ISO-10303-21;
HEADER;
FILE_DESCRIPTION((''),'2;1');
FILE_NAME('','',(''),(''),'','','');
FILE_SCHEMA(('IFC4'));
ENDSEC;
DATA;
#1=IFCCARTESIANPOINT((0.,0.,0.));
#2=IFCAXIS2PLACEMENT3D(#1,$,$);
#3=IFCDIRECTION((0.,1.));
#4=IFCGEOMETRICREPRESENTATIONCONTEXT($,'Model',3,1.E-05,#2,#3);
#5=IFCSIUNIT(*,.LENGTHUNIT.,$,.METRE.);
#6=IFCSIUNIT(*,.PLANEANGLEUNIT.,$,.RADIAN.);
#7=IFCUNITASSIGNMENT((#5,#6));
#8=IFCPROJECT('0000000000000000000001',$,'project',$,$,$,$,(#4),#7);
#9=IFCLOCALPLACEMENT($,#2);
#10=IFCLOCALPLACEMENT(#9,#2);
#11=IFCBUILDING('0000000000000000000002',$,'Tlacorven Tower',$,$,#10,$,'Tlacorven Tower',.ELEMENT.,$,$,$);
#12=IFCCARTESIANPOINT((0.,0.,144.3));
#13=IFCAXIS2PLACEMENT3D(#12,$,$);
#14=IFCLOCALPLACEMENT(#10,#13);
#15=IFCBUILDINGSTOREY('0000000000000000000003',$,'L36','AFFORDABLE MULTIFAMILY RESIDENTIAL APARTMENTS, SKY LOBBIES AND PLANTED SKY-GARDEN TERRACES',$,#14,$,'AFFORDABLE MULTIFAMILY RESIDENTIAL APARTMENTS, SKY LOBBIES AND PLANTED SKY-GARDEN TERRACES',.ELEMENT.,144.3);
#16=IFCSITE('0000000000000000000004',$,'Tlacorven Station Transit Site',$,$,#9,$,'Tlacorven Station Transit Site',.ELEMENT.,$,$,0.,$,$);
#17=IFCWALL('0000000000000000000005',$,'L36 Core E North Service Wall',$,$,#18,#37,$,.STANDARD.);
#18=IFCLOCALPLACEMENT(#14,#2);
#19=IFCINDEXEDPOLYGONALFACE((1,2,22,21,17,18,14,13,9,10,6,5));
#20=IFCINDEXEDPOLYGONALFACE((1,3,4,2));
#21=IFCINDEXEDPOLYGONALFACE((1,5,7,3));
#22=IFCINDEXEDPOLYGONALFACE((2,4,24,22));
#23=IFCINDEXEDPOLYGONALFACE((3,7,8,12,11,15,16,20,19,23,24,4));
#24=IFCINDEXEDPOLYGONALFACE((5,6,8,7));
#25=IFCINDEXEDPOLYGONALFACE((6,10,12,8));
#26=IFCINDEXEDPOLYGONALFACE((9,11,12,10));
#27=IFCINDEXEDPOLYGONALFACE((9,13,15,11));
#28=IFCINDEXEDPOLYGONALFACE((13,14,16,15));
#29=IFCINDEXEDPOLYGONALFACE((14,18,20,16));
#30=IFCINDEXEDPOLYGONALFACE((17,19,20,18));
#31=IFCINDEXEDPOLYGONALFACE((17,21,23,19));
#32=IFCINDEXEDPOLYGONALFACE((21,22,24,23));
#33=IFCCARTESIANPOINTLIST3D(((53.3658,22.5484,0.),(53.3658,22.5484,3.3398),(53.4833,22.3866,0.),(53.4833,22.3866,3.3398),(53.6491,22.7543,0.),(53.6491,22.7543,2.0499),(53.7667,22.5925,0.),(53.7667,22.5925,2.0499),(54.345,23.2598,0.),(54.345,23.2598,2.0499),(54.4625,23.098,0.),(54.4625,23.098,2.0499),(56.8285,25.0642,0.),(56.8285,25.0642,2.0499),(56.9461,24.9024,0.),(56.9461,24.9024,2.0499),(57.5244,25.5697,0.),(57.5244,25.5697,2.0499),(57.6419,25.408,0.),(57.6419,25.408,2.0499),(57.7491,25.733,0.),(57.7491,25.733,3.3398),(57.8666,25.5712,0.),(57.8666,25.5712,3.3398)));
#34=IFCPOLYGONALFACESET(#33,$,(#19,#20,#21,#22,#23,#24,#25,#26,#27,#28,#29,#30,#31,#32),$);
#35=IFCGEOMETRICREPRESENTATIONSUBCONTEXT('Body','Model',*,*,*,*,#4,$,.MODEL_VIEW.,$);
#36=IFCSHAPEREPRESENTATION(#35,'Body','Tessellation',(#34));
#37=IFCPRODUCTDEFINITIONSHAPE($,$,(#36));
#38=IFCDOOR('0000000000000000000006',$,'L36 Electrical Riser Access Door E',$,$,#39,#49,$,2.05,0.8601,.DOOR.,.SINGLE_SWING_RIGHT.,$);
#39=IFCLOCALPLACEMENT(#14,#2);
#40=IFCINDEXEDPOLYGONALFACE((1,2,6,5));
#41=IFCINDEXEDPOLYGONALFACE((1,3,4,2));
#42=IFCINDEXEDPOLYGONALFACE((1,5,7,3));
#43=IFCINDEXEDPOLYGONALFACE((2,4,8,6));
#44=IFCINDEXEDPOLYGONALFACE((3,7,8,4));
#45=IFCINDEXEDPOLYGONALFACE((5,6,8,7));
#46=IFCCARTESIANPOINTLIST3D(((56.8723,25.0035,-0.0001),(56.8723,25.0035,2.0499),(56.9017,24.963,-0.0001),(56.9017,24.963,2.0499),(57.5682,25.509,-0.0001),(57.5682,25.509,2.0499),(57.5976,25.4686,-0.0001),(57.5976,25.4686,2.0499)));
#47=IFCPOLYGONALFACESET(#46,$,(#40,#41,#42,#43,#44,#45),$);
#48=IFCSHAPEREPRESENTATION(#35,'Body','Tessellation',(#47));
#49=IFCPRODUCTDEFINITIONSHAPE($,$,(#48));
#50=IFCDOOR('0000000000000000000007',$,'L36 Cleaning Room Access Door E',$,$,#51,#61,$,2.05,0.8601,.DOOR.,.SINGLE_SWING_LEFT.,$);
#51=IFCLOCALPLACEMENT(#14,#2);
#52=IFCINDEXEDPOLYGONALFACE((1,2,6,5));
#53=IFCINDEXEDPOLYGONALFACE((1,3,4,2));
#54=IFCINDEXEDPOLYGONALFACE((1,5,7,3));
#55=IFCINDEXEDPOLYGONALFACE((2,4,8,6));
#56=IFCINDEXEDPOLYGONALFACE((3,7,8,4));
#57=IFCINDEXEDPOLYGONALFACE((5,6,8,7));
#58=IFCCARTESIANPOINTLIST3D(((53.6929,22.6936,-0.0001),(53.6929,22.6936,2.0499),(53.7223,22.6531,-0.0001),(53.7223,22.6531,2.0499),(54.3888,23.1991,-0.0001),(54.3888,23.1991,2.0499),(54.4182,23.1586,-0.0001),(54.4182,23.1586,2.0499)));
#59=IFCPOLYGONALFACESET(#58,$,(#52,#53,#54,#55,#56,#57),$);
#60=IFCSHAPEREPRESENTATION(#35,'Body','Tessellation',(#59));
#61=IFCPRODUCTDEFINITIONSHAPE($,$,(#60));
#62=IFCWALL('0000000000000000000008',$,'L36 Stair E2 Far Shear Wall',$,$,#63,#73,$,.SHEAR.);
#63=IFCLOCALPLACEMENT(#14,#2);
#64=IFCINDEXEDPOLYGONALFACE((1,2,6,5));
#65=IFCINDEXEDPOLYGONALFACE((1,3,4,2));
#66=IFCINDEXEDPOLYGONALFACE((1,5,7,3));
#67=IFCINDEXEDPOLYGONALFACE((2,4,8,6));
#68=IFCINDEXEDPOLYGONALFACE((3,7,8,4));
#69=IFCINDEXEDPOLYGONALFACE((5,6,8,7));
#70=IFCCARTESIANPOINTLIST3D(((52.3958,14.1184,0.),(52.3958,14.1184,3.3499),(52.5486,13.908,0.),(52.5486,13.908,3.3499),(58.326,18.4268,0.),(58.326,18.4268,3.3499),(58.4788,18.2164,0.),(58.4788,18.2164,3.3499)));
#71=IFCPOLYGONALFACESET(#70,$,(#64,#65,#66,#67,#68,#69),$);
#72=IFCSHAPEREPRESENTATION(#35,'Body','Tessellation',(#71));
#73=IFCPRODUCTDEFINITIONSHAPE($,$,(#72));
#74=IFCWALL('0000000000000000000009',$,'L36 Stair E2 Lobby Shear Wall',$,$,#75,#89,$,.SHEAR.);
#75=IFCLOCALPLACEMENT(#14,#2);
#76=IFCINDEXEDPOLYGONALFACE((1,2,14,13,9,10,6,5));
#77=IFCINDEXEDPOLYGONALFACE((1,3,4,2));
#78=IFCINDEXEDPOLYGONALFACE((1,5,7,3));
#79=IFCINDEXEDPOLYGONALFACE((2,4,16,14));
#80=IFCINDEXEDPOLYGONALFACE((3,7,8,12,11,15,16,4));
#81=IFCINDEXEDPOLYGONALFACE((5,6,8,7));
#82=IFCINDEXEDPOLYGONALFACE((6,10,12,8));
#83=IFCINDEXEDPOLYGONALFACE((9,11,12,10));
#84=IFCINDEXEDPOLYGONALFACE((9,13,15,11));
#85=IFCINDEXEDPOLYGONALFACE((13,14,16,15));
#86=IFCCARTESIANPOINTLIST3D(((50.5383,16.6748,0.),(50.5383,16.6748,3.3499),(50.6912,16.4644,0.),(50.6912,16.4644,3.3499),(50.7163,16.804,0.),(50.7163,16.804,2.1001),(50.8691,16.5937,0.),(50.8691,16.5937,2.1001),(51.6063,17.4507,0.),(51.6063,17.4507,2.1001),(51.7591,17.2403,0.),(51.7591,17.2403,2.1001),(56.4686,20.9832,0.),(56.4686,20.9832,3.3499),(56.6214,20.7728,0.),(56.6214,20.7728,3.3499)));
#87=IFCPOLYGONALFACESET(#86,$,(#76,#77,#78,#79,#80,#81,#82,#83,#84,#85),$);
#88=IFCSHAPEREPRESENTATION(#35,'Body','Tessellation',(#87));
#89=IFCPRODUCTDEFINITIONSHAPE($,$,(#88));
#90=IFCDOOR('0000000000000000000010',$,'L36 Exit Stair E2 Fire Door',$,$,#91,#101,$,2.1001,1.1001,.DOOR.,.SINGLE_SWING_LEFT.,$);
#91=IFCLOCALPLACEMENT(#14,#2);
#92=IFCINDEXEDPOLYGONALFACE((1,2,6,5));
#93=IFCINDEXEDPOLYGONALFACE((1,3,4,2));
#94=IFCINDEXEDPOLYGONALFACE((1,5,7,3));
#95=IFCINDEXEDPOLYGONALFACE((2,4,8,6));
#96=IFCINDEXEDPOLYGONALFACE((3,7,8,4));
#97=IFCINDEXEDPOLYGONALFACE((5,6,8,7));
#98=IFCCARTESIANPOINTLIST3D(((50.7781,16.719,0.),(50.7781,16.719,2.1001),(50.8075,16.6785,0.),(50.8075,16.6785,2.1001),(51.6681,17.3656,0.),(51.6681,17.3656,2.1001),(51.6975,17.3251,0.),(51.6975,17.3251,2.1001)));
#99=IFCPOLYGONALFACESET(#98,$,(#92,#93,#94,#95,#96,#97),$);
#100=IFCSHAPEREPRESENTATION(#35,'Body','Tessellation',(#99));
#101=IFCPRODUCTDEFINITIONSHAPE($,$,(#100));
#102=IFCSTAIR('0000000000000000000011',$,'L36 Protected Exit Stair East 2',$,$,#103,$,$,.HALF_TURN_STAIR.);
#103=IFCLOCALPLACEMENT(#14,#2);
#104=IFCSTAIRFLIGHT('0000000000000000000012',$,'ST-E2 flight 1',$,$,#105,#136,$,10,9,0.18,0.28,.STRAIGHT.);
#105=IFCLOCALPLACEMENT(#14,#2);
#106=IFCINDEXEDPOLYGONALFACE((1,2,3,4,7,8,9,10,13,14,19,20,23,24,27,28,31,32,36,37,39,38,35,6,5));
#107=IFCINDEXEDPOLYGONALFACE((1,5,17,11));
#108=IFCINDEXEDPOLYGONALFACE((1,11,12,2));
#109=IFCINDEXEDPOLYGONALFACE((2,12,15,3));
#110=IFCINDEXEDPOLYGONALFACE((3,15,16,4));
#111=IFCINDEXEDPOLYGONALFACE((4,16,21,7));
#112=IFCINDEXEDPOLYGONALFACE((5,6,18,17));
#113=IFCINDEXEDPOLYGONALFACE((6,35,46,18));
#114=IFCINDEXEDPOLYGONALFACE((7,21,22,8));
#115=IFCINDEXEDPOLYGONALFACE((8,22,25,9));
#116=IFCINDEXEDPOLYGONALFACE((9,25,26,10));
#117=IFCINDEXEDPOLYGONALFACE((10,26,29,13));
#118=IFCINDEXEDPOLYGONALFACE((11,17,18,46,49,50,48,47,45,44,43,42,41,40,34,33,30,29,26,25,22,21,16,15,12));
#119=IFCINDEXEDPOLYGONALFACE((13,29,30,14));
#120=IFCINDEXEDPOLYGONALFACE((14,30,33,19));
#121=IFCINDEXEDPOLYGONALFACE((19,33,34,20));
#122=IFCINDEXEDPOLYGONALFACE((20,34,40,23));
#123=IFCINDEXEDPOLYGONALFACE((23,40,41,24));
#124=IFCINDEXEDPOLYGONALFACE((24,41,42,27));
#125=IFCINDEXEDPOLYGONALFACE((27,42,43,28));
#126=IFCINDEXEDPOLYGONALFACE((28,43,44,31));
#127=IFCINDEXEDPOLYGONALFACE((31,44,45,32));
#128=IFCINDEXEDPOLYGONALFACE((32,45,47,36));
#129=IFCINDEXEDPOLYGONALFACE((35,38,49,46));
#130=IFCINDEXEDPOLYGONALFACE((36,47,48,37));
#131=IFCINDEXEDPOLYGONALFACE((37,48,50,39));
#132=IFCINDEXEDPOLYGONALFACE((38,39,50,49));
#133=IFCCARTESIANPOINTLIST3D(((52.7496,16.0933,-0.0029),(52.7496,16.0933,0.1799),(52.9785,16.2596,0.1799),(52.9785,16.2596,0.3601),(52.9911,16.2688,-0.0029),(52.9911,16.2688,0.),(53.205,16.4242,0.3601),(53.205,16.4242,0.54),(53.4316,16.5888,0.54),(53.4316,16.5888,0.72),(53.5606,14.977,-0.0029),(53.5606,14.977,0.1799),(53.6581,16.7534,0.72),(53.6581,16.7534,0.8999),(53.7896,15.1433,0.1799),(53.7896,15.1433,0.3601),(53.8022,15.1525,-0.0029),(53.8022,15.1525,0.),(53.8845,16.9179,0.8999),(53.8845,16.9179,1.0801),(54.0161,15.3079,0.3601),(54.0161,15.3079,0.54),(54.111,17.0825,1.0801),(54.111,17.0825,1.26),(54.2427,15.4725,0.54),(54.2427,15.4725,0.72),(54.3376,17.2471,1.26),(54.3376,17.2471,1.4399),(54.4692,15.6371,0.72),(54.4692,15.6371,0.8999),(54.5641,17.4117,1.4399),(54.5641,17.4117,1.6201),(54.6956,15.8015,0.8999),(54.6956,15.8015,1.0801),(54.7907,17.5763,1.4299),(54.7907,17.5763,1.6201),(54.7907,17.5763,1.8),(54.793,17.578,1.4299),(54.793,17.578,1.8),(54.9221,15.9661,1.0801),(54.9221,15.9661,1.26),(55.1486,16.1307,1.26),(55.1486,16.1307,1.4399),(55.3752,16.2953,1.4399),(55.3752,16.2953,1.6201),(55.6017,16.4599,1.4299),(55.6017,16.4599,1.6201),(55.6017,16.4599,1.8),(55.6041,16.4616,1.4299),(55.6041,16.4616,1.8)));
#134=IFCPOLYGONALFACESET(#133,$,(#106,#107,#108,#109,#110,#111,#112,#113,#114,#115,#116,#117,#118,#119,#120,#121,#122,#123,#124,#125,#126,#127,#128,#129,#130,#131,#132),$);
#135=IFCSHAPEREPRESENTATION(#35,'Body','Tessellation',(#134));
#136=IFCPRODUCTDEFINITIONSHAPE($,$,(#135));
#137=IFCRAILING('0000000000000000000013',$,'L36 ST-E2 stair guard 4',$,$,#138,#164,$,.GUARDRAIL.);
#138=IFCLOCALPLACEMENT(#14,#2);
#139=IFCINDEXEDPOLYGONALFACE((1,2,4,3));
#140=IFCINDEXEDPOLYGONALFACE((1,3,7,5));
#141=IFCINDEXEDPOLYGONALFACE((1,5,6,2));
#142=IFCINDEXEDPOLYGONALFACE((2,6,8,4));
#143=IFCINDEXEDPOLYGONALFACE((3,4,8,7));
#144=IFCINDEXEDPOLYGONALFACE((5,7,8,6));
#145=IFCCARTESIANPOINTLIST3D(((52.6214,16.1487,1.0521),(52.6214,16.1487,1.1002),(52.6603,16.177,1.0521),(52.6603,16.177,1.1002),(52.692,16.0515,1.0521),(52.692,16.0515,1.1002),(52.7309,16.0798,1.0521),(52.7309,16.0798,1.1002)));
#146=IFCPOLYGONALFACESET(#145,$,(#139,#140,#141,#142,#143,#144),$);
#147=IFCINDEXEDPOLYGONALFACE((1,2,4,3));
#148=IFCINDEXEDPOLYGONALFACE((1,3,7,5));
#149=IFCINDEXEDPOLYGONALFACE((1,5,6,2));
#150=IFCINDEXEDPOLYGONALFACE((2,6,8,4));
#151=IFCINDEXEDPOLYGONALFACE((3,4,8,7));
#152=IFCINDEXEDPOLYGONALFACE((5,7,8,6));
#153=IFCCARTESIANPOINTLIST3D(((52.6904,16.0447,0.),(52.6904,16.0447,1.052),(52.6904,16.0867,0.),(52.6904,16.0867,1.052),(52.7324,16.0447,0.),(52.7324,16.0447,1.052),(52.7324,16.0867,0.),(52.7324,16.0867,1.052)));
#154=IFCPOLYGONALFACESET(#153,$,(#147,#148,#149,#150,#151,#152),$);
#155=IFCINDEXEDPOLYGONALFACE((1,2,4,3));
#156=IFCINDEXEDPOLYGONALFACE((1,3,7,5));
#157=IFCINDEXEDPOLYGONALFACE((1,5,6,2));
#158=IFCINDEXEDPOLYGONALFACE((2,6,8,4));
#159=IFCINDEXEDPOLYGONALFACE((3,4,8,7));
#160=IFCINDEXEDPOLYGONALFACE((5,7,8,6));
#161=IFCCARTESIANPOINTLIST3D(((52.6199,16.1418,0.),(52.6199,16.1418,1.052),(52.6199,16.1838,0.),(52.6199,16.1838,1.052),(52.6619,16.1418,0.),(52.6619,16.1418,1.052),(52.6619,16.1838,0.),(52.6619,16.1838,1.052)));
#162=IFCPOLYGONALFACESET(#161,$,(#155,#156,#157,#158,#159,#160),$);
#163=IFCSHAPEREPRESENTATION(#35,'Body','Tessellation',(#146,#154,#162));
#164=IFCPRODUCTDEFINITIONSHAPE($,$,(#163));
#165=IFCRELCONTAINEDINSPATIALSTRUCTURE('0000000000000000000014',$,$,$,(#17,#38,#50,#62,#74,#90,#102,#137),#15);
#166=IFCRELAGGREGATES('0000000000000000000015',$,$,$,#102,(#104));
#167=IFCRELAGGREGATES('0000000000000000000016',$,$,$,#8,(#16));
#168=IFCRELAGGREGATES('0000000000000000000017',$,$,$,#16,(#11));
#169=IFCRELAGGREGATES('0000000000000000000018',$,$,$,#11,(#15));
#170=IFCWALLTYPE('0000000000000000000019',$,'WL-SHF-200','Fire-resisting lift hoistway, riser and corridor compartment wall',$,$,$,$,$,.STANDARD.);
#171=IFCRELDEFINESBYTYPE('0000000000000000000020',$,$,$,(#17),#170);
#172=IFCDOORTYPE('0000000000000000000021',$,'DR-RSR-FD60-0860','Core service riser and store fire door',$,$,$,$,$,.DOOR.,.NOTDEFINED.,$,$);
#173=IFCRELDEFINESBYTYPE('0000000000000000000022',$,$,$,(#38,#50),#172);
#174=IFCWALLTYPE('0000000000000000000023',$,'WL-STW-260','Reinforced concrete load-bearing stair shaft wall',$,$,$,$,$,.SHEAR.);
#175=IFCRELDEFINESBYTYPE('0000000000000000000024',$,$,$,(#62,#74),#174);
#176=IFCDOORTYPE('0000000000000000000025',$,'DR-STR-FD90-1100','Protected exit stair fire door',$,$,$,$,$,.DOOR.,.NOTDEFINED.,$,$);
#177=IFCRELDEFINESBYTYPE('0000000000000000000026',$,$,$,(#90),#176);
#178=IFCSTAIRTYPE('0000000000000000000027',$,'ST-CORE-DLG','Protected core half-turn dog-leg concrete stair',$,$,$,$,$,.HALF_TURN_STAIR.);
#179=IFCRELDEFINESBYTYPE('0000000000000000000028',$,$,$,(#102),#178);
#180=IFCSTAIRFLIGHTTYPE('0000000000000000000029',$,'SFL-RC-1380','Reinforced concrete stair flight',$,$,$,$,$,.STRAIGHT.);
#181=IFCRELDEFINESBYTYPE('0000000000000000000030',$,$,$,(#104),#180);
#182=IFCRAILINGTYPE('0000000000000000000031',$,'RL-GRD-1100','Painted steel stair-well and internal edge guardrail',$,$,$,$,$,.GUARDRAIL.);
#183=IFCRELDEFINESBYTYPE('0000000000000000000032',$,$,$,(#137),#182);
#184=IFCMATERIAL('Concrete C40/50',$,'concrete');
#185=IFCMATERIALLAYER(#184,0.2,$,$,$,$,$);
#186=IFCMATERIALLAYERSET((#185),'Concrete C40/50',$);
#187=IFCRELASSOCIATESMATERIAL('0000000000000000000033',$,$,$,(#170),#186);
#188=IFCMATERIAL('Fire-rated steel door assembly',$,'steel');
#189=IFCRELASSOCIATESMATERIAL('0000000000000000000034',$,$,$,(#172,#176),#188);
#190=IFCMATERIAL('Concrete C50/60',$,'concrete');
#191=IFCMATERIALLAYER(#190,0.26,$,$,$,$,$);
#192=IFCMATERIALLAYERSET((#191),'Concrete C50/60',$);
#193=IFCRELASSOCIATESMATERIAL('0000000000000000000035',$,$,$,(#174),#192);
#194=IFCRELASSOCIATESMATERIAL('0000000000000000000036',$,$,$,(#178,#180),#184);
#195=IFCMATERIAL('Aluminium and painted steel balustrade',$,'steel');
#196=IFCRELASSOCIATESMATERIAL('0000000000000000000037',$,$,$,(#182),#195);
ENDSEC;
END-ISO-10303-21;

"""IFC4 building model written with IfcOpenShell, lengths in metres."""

from ifc_helpers import new_model, si_unit, direction, frame, frame_2d, origin, origin_2d, place, context, subcontext, project, spatial, polyline, rectangle, outline, extrude, source, transform, mapped, material, layer, layer_set, type_object, element, fill, aggregate, save


model = new_model("IFC4")

# Units and contexts
model_context = context("Model", 3, precision=1e-05, world=origin(), true_north=direction((0.0, 1.0)))
body_context = subcontext(model_context, "Body", "Model", "MODEL_VIEW")
ifc_project = project(units=[si_unit("LENGTHUNIT", "METRE"), si_unit("PLANEANGLEUNIT", "RADIAN")], contexts=[model_context])

# Site, building, storey
site_placement = place(None, origin())
site = spatial("IfcSite", under=ifc_project, at=site_placement, Name="Tlacorven Station Transit Site", LongName="Tlacorven Station Transit Site", CompositionType="ELEMENT", RefElevation=0.0)
building_placement = place(site_placement, origin())
building = spatial("IfcBuilding", under=site, at=building_placement, Name="Tlacorven Tower", LongName="Tlacorven Tower", CompositionType="ELEMENT")
storey_placement = place(building_placement, frame((0.0, 0.0, 144.3)))
storey = spatial("IfcBuildingStorey", under=building, at=storey_placement, Name="L36", Description="AFFORDABLE MULTIFAMILY RESIDENTIAL APARTMENTS, SKY LOBBIES AND PLANTED SKY-GARDEN TERRACES", LongName="AFFORDABLE MULTIFAMILY RESIDENTIAL APARTMENTS, SKY LOBBIES AND PLANTED SKY-GARDEN TERRACES", CompositionType="ELEMENT", Elevation=144.3)

# Shared definitions
ifc_material_1 = material(Name="Fire-rated steel door assembly", Category="steel")

# Shared definitions
ifc_material_2 = material(Name="Concrete C40/50", Category="concrete")
ifc_layer_1 = layer(ifc_material_2, 0.2)
ifc_layer_set_1 = layer_set([ifc_layer_1], Name="Concrete C40/50")
wall_type_1 = type_object("IfcWallType", Name="WL-SHF-200", Description="Fire-resisting lift hoistway, riser and corridor compartment wall", PredefinedType="STANDARD", material=ifc_layer_set_1)

# Wall, openings, doors
wall_1_placement = place(storey_placement, frame((53.4246, 22.4675, 0.0), z_axis=(0.0, 0.0, 1.0), x_axis=(0.809024, 0.587775, 0.0)))
wall_1 = element("IfcWall", 1, at=wall_1_placement, inside=storey, type_object=wall_type_1, Name="L36 Core E North Service Wall", PredefinedType="STANDARD", context=body_context, shape_type="SweptSolid", body=[
    extrude(rectangle(XDim=5.418, YDim=0.2, at=frame_2d((2.709, 0.0))), origin(), (0.0, 0.0, 1.0), 3.3398),
])
opening_1_placement = place(wall_1_placement, frame((4.28, 0.0, 0.0)))
opening_1 = element("IfcOpeningElement", 2, at=opening_1_placement, cuts=wall_1, PredefinedType="OPENING", context=body_context, shape_type="SweptSolid", body=[
    extrude(rectangle(XDim=0.8601, YDim=2.05, at=frame_2d((0.4302, 1.0249))), frame((0.0, 0.1099, 0.0), z_axis=(0.0, -1.0, 0.0), x_axis=(1.0, 0.0, 0.0)), (0.0, 0.0, 1.0), 0.22),
])
opening_2_placement = place(wall_1_placement, frame((0.3501, 0.0, 0.0)))
opening_2 = element("IfcOpeningElement", 3, at=opening_2_placement, cuts=wall_1, PredefinedType="OPENING", context=body_context, shape_type="SweptSolid", body=[
    extrude(rectangle(XDim=0.8601, YDim=2.05, at=frame_2d((0.4302, 1.0249))), frame((0.0, 0.1099, 0.0), z_axis=(0.0, -1.0, 0.0), x_axis=(1.0, 0.0, 0.0)), (0.0, 0.0, 1.0), 0.22),
])
door_type_1 = type_object("IfcDoorType", Name="DR-RSR-FD60-0860", Description="Core service riser and store fire door", OperationType="NOTDEFINED", PredefinedType="DOOR", material=ifc_material_1)
shared_shape_1 = source(origin(), body_context, "Body", "SweptSolid", [
    extrude(rectangle(XDim=0.8601, YDim=2.05, at=frame_2d((0.4302, 1.0249))), frame((0.0, 0.0249, 0.0), z_axis=(0.0, -1.0, 0.0), x_axis=(1.0, 0.0, 0.0)), (0.0, 0.0, 1.0), 0.05),
])
door_1_placement = place(opening_1_placement, frame((0.8601, 0.0, 0.0), z_axis=(0.0, 0.0, 1.0), x_axis=(-1.0, 0.0, 0.0)))
door_1 = element("IfcDoor", 4, at=door_1_placement, inside=storey, type_object=door_type_1, Name="L36 Electrical Riser Access Door E", OperationType="SINGLE_SWING_RIGHT", OverallHeight=2.05, OverallWidth=0.8601, PredefinedType="DOOR", context=body_context, shape_type="MappedRepresentation", body=[
    mapped(shared_shape_1, transform((0.0, 0.0, 0.0), scale=1.0)),
])
fill(opening_1, door_1)
door_2_placement = place(opening_2_placement, frame((0.8601, 0.0, 0.0), z_axis=(0.0, 0.0, 1.0), x_axis=(-1.0, 0.0, 0.0)))
door_2 = element("IfcDoor", 5, at=door_2_placement, inside=storey, type_object=door_type_1, Name="L36 Cleaning Room Access Door E", OperationType="SINGLE_SWING_LEFT", OverallHeight=2.05, OverallWidth=0.8601, PredefinedType="DOOR", context=body_context, shape_type="MappedRepresentation", body=[
    mapped(shared_shape_1, transform((0.0, 0.0, 0.0), scale=1.0)),
])
fill(opening_2, door_2)

# Wall
ifc_material_3 = material(Name="Concrete C50/60", Category="concrete")
ifc_layer_2 = layer(ifc_material_3, 0.26)
ifc_layer_set_2 = layer_set([ifc_layer_2], Name="Concrete C50/60")
wall_type_2 = type_object("IfcWallType", Name="WL-STW-260", Description="Reinforced concrete load-bearing stair shaft wall", PredefinedType="SHEAR", material=ifc_layer_set_2)
wall_2_placement = place(storey_placement, frame((52.4722, 14.0132, 0.0), z_axis=(0.0, 0.0, 1.0), x_axis=(0.809028, 0.58777, 0.0)))
element("IfcWall", 6, at=wall_2_placement, inside=storey, type_object=wall_type_2, Name="L36 Stair E2 Far Shear Wall", PredefinedType="SHEAR", context=body_context, shape_type="SweptSolid", body=[
    extrude(rectangle(XDim=7.3301, YDim=0.26, at=frame_2d((3.665, 0.0))), origin(), (0.0, 0.0, 1.0), 3.3499),
])

# Wall, opening, door
wall_3_placement = place(storey_placement, frame((50.6147, 16.5696, 0.0), z_axis=(0.0, 0.0, 1.0), x_axis=(0.809028, 0.58777, 0.0)))
wall_3 = element("IfcWall", 7, at=wall_3_placement, inside=storey, type_object=wall_type_2, Name="L36 Stair E2 Lobby Shear Wall", PredefinedType="SHEAR", context=body_context, shape_type="SweptSolid", body=[
    extrude(rectangle(XDim=7.3301, YDim=0.26, at=frame_2d((3.665, 0.0))), origin(), (0.0, 0.0, 1.0), 3.3499),
])
opening_3_placement = place(wall_3_placement, frame((0.22, 0.0, 0.0)))
opening_3 = element("IfcOpeningElement", 8, at=opening_3_placement, cuts=wall_3, PredefinedType="OPENING", context=body_context, shape_type="SweptSolid", body=[
    extrude(rectangle(XDim=1.1001, YDim=2.1001, at=frame_2d((0.55, 1.05))), frame((0.0, 0.1401, 0.0), z_axis=(0.0, -1.0, 0.0), x_axis=(1.0, 0.0, 0.0)), (0.0, 0.0, 1.0), 0.28),
])
door_type_2 = type_object("IfcDoorType", Name="DR-STR-FD90-1100", Description="Protected exit stair fire door", OperationType="NOTDEFINED", PredefinedType="DOOR", material=ifc_material_1)
shared_shape_2 = source(origin(), body_context, "Body", "SweptSolid", [
    extrude(rectangle(XDim=1.1001, YDim=2.1001, at=frame_2d((0.55, 1.05))), frame((0.0, 0.0249, 0.0), z_axis=(0.0, -1.0, 0.0), x_axis=(1.0, 0.0, 0.0)), (0.0, 0.0, 1.0), 0.05),
])
door_3_placement = place(opening_3_placement, origin())
door_3 = element("IfcDoor", 9, at=door_3_placement, inside=storey, type_object=door_type_2, Name="L36 Exit Stair E2 Fire Door", OperationType="SINGLE_SWING_LEFT", OverallHeight=2.1001, OverallWidth=1.1001, PredefinedType="DOOR", context=body_context, shape_type="MappedRepresentation", body=[
    mapped(shared_shape_2, transform((0.0, 0.0, 0.0), scale=1.0)),
])
fill(opening_3, door_3)

# Stair, stair flight
stair_type = type_object("IfcStairType", Name="ST-CORE-DLG", Description="Protected core half-turn dog-leg concrete stair", PredefinedType="HALF_TURN_STAIR", material=ifc_material_2)
stair_placement = place(storey_placement, origin())
stair = element("IfcStair", 10, at=stair_placement, inside=storey, type_object=stair_type, Name="L36 Protected Exit Stair East 2", PredefinedType="HALF_TURN_STAIR")
stair_flight_type = type_object("IfcStairFlightType", Name="SFL-RC-1380", Description="Reinforced concrete stair flight", PredefinedType="STRAIGHT", material=ifc_material_2)
shared_shape_3 = source(origin(), body_context, "Body", "SweptSolid", [
    extrude(outline(polyline([(-0.0029, -0.0029), (-0.0029, 0.1799), (0.28, 0.1799), (0.28, 0.3601), (0.5601, 0.3601), (0.5601, 0.54), (0.8401, 0.54), (0.8401, 0.72), (1.1201, 0.72), (1.1201, 0.8999), (1.3999, 0.8999), (1.3999, 1.0801), (1.6799, 1.0801), (1.6799, 1.26), (1.96, 1.26), (1.96, 1.4399), (2.24, 1.4399), (2.24, 1.6201), (2.52, 1.6201), (2.52, 1.8), (2.5229, 1.8), (2.5229, 1.4299), (2.52, 1.4299), (0.2957, 0.0), (0.2957, -0.0029), (-0.0029, -0.0029)])), frame((0.0, 0.6899, 0.0), z_axis=(0.0, -1.0, 0.0), x_axis=(1.0, 0.0, 0.0)), (0.0, 0.0, 1.0), 1.3799),
])
stair_flight_placement = place(storey_placement, frame((53.1575, 15.5369, 0.0), z_axis=(0.0, 0.0, 1.0), x_axis=(0.809017, 0.587785, 0.0)))
stair_flight = element("IfcStairFlight", 11, at=stair_flight_placement, type_object=stair_flight_type, Name="ST-E2 flight 1", NumberOfRisers=10, NumberOfTreads=9, PredefinedType="STRAIGHT", RiserHeight=0.18, TreadLength=0.28, context=body_context, shape_type="MappedRepresentation", body=[
    mapped(shared_shape_3, transform((0.0, 0.0, 0.0), scale=1.0)),
])
aggregate(stair, [stair_flight])

# Railing
ifc_material_4 = material(Name="Aluminium and painted steel balustrade", Category="steel")
railing_type_1 = type_object("IfcRailingType", Name="RL-GRD-1100", Description="Painted steel stair-well and internal edge guardrail", PredefinedType="GUARDRAIL", material=ifc_material_4)
shared_shape_4 = source(origin(), body_context, "Body", "SweptSolid", [
    extrude(rectangle(XDim=0.0481, YDim=0.0481, at=origin_2d()), frame((0.0, 0.0, 1.0762), z_axis=(-0.587567, 0.809175, 0.0), x_axis=(-0.809175, -0.587567, 0.0)), (0.0, 0.0, 1.0), 0.1201),
    extrude(rectangle(XDim=0.042, YDim=0.042, at=origin_2d()), origin(), (0.0, 0.0, 1.0), 1.052),
    extrude(rectangle(XDim=0.042, YDim=0.042, at=origin_2d()), frame((-0.0706, 0.0972, 0.0)), (0.0, 0.0, 1.0), 1.052),
])
railing_1_placement = place(storey_placement, frame((52.7114, 16.0657, 0.0)))
element("IfcRailing", 12, at=railing_1_placement, inside=storey, type_object=railing_type_1, Name="L36 ST-E2 stair guard 4", PredefinedType="GUARDRAIL", context=body_context, shape_type="MappedRepresentation", body=[
    mapped(shared_shape_4, transform((0.0, 0.0, 0.0), scale=1.0)),
])

save(model, "model.ifc")
